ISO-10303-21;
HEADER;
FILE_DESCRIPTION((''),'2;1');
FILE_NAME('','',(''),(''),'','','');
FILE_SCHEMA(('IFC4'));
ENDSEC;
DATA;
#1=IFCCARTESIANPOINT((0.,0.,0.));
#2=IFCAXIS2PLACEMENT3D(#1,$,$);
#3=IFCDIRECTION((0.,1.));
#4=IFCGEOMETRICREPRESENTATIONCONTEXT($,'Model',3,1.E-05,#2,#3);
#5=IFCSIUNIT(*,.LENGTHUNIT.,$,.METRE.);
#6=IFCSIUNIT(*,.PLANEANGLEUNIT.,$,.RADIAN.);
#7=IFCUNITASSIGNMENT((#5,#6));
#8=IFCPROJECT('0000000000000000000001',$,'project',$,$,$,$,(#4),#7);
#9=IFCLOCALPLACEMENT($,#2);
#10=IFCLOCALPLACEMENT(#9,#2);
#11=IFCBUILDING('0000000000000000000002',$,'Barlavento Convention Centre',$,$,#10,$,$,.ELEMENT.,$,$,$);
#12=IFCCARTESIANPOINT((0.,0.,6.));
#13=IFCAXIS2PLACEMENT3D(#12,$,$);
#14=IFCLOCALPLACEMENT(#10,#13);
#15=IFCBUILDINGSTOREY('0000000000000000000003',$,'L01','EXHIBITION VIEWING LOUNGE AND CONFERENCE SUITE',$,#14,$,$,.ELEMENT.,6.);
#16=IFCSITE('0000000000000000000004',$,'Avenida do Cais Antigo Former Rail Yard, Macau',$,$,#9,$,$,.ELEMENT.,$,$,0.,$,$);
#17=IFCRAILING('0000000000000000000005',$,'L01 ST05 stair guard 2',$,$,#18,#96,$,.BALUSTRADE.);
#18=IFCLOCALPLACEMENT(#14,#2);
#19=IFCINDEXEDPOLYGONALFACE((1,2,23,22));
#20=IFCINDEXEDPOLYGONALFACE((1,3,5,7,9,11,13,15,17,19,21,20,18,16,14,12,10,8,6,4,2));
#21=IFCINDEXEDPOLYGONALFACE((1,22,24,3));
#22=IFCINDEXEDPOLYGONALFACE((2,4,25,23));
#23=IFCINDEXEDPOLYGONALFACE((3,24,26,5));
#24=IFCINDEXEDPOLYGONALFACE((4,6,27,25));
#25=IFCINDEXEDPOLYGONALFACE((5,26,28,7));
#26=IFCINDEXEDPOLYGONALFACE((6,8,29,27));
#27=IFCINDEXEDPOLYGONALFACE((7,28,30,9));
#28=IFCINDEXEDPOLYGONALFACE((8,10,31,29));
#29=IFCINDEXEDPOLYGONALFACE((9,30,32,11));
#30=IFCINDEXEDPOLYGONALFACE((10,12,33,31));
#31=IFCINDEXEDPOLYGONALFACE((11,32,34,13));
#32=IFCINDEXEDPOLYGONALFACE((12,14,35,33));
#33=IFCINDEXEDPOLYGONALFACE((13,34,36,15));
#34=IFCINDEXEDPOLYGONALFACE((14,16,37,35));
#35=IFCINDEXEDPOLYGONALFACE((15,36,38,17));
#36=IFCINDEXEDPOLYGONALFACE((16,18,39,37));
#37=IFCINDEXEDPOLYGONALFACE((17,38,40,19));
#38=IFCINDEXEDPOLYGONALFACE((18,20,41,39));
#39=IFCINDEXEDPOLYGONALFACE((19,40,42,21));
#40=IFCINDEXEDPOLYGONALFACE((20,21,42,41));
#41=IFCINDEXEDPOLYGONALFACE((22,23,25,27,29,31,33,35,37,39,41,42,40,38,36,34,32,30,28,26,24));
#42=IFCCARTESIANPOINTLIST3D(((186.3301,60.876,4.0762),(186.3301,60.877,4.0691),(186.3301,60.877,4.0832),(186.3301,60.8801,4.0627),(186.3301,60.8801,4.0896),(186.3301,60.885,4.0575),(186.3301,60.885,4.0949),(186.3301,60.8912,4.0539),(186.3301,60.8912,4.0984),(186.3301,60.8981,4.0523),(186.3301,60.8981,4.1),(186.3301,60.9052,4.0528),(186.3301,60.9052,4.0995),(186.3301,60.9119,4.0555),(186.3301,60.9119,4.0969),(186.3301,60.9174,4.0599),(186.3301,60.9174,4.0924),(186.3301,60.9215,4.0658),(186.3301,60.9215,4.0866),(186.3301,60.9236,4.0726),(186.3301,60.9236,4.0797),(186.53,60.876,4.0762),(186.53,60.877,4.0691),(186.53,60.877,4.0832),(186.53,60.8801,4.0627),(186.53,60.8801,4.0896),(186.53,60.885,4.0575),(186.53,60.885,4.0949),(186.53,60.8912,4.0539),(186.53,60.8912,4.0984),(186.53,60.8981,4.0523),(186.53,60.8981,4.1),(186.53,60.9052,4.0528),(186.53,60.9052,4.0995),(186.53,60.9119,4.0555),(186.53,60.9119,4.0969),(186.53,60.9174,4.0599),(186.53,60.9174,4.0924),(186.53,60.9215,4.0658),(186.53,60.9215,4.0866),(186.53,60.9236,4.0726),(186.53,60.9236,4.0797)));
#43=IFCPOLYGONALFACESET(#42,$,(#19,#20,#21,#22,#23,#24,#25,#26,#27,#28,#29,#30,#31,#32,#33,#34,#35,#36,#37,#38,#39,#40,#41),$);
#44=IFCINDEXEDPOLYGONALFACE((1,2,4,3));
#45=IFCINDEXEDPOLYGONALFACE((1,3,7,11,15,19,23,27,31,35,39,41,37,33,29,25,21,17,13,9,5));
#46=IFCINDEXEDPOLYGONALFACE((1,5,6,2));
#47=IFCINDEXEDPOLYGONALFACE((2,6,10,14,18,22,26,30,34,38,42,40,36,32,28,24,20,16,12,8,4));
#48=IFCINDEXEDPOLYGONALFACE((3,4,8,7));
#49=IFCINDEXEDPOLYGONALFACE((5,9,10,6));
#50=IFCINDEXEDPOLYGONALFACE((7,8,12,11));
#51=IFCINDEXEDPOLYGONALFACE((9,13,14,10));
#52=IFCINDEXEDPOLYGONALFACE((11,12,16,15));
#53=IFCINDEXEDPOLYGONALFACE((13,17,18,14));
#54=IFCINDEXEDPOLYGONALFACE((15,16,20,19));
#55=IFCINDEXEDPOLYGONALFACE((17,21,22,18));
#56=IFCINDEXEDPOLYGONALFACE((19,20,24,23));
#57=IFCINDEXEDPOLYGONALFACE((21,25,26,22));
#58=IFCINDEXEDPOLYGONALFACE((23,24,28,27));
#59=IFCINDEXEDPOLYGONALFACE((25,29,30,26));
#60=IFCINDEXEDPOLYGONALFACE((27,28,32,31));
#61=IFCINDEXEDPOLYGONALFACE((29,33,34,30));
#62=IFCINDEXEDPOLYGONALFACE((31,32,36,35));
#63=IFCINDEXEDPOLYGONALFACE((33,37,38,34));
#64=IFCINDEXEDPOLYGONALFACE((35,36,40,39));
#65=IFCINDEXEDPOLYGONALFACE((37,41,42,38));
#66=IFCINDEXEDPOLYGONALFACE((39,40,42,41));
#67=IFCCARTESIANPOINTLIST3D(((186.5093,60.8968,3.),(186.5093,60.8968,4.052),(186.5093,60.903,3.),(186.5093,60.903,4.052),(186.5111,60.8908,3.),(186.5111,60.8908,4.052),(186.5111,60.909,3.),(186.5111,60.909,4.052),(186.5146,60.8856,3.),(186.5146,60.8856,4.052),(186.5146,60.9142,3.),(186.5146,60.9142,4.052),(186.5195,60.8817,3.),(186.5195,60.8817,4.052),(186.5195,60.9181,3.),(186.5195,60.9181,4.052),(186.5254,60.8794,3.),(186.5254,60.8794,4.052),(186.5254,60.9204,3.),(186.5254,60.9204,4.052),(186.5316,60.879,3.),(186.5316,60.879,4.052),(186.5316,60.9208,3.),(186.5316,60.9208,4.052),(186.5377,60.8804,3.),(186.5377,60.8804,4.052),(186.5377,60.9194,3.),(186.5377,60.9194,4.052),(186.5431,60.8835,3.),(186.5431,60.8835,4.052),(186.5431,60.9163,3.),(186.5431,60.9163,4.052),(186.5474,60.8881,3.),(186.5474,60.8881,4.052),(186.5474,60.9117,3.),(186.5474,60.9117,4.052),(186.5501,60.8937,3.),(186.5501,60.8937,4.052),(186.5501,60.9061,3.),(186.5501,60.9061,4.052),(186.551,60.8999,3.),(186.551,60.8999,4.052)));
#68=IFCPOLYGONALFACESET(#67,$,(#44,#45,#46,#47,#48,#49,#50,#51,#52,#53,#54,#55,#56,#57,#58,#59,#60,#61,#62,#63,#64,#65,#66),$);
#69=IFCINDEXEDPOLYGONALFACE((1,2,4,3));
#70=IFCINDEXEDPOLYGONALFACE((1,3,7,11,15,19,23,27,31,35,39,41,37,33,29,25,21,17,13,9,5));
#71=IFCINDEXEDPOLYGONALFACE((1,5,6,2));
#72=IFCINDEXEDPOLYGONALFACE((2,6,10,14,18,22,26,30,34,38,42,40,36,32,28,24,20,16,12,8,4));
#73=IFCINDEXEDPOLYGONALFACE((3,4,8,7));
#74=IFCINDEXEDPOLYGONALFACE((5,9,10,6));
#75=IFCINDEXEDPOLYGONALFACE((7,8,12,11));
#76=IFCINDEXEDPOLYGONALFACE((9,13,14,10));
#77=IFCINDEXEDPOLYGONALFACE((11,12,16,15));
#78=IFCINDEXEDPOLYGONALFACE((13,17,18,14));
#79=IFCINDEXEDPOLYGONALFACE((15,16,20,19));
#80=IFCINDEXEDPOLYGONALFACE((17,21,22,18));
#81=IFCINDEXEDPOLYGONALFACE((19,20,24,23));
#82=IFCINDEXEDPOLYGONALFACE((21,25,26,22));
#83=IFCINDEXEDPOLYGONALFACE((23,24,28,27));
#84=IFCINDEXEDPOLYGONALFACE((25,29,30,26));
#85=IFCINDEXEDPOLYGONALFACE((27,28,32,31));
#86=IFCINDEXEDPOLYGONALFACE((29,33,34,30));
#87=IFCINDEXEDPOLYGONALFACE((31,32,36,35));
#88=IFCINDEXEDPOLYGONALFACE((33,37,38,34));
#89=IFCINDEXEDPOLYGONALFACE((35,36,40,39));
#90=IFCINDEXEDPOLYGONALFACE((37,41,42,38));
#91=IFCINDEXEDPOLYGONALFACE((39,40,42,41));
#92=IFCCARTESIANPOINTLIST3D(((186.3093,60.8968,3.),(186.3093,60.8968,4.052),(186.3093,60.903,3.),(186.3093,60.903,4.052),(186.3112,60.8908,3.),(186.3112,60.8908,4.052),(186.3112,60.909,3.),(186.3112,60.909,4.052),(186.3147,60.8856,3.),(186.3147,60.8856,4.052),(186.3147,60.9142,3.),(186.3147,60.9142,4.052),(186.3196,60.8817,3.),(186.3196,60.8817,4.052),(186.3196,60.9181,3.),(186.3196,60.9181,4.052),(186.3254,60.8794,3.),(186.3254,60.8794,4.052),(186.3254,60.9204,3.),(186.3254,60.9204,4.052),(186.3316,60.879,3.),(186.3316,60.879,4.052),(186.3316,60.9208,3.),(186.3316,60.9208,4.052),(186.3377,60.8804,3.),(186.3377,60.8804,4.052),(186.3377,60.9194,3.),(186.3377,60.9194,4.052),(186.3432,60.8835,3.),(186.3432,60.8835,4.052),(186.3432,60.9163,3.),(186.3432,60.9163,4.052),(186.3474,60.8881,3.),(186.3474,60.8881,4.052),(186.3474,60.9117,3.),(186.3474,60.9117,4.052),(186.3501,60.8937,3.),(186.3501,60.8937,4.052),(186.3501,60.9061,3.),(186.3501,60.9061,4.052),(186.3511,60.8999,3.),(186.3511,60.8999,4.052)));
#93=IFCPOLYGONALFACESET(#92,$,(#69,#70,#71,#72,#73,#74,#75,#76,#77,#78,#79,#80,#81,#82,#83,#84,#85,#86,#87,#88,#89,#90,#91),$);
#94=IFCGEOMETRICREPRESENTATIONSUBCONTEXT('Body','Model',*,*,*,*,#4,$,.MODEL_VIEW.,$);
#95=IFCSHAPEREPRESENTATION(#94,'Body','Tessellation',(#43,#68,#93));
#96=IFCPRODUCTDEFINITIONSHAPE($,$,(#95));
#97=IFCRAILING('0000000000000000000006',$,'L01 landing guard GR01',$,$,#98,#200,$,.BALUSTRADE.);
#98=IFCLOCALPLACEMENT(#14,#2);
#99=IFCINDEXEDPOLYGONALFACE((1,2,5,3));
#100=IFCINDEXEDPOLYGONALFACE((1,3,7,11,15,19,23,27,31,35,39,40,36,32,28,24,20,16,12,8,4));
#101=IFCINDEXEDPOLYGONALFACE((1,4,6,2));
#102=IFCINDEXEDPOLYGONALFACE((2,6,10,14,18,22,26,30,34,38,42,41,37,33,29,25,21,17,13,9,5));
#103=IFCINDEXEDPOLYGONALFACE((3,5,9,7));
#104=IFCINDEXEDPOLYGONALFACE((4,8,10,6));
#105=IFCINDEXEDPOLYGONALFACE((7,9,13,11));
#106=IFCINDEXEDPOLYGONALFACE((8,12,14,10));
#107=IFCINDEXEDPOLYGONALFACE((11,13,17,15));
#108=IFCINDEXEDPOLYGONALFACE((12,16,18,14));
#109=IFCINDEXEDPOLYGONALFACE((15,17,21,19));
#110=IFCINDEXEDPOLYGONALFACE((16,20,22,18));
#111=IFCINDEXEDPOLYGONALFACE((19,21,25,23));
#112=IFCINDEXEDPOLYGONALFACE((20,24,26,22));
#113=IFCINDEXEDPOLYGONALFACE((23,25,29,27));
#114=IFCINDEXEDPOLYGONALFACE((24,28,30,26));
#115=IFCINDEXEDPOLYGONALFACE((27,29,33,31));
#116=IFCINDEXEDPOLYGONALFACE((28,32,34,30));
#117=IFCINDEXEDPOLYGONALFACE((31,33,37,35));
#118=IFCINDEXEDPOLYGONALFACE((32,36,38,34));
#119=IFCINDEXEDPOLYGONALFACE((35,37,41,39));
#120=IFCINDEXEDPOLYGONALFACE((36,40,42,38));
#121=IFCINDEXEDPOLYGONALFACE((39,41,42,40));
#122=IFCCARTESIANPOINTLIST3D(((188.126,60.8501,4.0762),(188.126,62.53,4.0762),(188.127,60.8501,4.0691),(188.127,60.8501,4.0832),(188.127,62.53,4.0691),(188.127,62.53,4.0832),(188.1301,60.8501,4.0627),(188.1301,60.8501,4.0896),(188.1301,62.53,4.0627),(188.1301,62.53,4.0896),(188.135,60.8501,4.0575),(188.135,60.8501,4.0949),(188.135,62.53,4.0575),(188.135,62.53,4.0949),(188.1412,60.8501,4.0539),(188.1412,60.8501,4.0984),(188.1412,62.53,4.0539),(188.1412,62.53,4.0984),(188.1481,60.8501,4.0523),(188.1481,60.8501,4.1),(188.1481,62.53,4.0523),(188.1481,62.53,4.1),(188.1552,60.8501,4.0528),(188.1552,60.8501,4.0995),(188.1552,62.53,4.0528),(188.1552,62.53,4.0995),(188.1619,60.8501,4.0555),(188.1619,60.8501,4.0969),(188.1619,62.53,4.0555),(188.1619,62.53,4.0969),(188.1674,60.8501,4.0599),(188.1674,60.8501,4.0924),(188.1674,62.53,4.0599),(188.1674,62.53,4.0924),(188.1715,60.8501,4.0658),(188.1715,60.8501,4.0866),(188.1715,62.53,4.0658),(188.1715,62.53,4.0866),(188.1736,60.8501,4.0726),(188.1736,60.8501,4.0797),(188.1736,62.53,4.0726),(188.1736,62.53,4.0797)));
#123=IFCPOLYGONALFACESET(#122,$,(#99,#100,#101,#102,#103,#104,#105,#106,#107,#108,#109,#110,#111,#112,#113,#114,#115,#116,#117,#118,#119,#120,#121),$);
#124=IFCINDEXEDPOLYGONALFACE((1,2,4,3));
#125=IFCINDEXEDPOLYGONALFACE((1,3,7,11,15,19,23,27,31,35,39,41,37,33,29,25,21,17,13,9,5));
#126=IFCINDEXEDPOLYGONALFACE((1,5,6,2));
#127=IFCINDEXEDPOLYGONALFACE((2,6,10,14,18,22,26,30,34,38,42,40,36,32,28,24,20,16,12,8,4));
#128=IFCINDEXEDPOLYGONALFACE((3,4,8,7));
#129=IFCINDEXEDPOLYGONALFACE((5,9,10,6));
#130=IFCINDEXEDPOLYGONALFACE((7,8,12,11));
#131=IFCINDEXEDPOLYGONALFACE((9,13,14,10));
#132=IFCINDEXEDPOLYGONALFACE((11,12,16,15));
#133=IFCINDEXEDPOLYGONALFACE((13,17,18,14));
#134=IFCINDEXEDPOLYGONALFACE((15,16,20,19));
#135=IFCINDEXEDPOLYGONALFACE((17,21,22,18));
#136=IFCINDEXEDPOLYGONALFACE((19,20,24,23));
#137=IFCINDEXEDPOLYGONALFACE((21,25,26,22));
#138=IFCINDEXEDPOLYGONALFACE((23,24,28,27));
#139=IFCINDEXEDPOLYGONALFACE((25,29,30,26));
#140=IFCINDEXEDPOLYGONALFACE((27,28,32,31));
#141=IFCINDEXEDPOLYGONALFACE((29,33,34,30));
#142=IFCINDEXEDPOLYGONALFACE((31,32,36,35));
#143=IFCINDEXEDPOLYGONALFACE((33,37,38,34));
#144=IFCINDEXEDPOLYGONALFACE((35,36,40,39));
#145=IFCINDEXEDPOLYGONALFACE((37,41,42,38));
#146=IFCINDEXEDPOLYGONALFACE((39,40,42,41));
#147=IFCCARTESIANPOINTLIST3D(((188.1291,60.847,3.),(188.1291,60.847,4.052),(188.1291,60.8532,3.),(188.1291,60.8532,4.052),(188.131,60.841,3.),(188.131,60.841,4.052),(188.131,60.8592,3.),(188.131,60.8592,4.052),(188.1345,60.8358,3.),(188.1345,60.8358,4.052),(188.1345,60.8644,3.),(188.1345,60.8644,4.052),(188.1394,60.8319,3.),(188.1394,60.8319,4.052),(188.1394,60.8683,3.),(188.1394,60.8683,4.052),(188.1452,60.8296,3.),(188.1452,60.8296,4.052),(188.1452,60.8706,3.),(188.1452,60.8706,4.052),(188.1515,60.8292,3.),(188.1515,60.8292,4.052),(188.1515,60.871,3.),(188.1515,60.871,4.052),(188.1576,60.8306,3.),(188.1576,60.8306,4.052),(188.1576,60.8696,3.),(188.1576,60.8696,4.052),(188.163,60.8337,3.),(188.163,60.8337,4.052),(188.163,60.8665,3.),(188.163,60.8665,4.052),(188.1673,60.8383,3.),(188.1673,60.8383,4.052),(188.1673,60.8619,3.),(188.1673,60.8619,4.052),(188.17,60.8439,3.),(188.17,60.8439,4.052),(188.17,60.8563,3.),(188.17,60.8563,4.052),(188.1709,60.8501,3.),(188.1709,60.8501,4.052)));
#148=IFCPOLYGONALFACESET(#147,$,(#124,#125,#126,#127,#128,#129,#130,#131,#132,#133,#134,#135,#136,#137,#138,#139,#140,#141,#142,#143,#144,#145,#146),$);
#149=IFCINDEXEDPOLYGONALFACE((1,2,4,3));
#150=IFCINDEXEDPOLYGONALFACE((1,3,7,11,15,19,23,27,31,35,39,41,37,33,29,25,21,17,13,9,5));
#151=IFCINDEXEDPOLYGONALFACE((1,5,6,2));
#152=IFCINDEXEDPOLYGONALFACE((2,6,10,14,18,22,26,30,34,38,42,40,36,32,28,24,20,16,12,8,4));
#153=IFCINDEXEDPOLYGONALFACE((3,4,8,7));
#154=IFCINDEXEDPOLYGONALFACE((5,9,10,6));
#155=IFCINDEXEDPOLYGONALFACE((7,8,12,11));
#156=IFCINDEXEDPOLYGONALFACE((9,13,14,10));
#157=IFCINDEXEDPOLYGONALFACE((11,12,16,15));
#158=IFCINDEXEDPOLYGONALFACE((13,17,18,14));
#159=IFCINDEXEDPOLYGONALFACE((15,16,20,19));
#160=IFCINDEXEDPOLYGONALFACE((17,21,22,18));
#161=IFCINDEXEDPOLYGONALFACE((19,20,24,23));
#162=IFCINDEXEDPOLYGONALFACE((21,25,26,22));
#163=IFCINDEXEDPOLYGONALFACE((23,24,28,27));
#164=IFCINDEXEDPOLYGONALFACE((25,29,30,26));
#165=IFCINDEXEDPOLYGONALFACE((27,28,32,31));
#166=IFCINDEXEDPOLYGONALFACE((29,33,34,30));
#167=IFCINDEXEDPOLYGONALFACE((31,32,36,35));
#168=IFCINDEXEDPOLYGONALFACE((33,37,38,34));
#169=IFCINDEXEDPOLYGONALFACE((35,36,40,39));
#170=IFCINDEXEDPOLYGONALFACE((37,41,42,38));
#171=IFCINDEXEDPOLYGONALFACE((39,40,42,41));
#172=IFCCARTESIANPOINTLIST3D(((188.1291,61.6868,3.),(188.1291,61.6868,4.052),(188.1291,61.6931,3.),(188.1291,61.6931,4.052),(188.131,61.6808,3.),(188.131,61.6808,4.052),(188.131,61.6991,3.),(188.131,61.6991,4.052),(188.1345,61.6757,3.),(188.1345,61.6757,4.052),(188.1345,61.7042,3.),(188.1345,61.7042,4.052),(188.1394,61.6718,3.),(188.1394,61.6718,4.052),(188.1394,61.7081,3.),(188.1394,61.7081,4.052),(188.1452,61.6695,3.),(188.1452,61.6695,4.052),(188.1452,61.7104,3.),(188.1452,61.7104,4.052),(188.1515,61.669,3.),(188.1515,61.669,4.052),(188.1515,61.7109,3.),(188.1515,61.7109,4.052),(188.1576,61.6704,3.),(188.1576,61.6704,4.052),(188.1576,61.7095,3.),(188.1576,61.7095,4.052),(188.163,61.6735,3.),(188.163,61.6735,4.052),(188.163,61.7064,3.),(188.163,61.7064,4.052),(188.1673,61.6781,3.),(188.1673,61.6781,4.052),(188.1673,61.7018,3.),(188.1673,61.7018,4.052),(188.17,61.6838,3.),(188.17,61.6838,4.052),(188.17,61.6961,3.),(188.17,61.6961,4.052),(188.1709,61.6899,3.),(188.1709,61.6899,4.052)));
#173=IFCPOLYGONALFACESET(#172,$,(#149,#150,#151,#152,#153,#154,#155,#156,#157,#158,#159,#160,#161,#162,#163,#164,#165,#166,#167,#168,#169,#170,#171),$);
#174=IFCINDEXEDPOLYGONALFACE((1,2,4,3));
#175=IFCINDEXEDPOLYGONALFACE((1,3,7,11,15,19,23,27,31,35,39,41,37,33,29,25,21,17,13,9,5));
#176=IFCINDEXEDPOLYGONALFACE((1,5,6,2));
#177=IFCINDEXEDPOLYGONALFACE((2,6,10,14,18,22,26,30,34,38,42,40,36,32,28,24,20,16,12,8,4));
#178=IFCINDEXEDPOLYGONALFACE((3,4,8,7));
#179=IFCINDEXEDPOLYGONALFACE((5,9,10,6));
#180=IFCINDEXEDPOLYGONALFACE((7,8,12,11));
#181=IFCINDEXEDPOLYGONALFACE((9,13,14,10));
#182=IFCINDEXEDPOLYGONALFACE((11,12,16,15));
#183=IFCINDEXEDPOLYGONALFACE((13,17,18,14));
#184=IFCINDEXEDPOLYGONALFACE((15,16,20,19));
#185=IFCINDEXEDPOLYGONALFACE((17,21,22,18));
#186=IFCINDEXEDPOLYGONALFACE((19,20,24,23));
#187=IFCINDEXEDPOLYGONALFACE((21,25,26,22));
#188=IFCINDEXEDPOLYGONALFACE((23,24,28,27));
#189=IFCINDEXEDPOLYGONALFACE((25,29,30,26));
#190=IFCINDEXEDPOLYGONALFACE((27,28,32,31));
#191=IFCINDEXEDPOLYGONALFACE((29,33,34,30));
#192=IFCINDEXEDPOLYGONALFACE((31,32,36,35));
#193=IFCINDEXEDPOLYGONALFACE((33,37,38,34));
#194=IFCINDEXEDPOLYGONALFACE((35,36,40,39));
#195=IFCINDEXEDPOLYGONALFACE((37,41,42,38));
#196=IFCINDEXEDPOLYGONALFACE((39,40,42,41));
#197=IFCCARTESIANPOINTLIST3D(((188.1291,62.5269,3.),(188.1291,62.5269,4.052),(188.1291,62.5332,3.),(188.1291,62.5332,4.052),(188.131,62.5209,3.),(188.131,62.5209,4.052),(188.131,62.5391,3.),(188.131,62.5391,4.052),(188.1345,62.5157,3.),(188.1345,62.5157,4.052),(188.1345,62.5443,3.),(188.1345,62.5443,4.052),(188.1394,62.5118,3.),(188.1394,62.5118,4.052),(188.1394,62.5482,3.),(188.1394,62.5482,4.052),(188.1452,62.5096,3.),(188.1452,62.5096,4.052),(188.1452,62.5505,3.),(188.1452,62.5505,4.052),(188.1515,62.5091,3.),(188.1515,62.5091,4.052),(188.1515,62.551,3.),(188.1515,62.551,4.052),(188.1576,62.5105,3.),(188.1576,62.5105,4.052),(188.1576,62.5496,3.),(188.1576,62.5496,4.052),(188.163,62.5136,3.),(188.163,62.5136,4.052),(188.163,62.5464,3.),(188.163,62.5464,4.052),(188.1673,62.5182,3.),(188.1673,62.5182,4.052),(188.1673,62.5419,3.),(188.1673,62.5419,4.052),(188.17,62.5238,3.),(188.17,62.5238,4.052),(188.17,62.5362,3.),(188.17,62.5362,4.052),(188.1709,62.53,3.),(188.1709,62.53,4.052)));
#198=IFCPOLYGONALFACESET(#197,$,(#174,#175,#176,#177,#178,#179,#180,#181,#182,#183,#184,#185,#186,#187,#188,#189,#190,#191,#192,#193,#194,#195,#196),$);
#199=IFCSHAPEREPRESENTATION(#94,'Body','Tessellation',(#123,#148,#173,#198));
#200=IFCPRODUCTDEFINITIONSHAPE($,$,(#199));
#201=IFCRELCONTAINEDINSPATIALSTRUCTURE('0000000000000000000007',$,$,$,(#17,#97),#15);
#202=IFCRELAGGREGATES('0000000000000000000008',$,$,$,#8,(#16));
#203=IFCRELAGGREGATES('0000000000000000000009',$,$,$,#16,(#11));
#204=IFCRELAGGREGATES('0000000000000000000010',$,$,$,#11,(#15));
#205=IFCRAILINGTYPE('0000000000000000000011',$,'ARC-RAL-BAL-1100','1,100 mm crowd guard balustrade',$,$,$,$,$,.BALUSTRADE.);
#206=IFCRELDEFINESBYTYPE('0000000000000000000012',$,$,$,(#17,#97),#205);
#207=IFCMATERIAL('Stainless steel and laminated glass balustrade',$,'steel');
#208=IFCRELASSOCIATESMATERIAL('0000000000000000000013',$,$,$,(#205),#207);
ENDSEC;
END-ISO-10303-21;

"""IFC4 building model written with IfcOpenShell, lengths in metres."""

from ifc_helpers import new_model, si_unit, direction, frame, origin, origin_2d, place, context, subcontext, project, spatial, circle, extrude, material, type_object, element, save


model = new_model("IFC4")

# Units and contexts
model_context = context("Model", 3, precision=1e-05, world=origin(), true_north=direction((0.0, 1.0)))
body_context = subcontext(model_context, "Body", "Model", "MODEL_VIEW")
ifc_project = project(units=[si_unit("LENGTHUNIT", "METRE"), si_unit("PLANEANGLEUNIT", "RADIAN")], contexts=[model_context])

# Site, building, storey
site_placement = place(None, origin())
site = spatial("IfcSite", under=ifc_project, at=site_placement, Name="Avenida do Cais Antigo Former Rail Yard, Macau", CompositionType="ELEMENT", RefElevation=0.0)
building_placement = place(site_placement, origin())
building = spatial("IfcBuilding", under=site, at=building_placement, Name="Barlavento Convention Centre", CompositionType="ELEMENT")
storey_placement = place(building_placement, frame((0.0, 0.0, 6.0)))
storey = spatial("IfcBuildingStorey", under=building, at=storey_placement, Name="L01", Description="EXHIBITION VIEWING LOUNGE AND CONFERENCE SUITE", CompositionType="ELEMENT", Elevation=6.0)

# Railings
ifc_material_1 = material(Name="Stainless steel and laminated glass balustrade", Category="steel")
railing_type_1 = type_object("IfcRailingType", Name="ARC-RAL-BAL-1100", Description="1,100 mm crowd guard balustrade", PredefinedType="BALUSTRADE", material=ifc_material_1)
railing_1_placement = place(storey_placement, frame((186.53, 60.8999, 3.0)))
element("IfcRailing", 1, at=railing_1_placement, inside=storey, type_object=railing_type_1, Name="L01 ST05 stair guard 2", PredefinedType="BALUSTRADE", context=body_context, shape_type="SweptSolid", body=[
    extrude(circle(Radius=0.0239, at=origin_2d()), frame((0.0, 0.0, 1.0762), z_axis=(-1.0, 0.0, 0.0), x_axis=(0.0, -1.0, 0.0)), (0.0, 0.0, 1.0), 0.2),
    extrude(circle(Radius=0.021, at=origin_2d()), origin(), (0.0, 0.0, 1.0), 1.052),
    extrude(circle(Radius=0.021, at=origin_2d()), frame((-0.2, 0.0, 0.0)), (0.0, 0.0, 1.0), 1.052),
])
railing_2_placement = place(storey_placement, frame((188.1499, 60.8501, 3.0)))
element("IfcRailing", 2, at=railing_2_placement, inside=storey, type_object=railing_type_1, Name="L01 landing guard GR01", PredefinedType="BALUSTRADE", context=body_context, shape_type="SweptSolid", body=[
    extrude(circle(Radius=0.0239, at=origin_2d()), frame((0.0, 0.0, 1.0762), z_axis=(0.0, 1.0, 0.0), x_axis=(-1.0, 0.0, 0.0)), (0.0, 0.0, 1.0), 1.6799),
    extrude(circle(Radius=0.021, at=origin_2d()), origin(), (0.0, 0.0, 1.0), 1.052),
    extrude(circle(Radius=0.021, at=origin_2d()), frame((0.0, 0.8398, 0.0)), (0.0, 0.0, 1.0), 1.052),
    extrude(circle(Radius=0.021, at=origin_2d()), frame((0.0, 1.6799, 0.0)), (0.0, 0.0, 1.0), 1.052),
])

save(model, "model.ifc")
